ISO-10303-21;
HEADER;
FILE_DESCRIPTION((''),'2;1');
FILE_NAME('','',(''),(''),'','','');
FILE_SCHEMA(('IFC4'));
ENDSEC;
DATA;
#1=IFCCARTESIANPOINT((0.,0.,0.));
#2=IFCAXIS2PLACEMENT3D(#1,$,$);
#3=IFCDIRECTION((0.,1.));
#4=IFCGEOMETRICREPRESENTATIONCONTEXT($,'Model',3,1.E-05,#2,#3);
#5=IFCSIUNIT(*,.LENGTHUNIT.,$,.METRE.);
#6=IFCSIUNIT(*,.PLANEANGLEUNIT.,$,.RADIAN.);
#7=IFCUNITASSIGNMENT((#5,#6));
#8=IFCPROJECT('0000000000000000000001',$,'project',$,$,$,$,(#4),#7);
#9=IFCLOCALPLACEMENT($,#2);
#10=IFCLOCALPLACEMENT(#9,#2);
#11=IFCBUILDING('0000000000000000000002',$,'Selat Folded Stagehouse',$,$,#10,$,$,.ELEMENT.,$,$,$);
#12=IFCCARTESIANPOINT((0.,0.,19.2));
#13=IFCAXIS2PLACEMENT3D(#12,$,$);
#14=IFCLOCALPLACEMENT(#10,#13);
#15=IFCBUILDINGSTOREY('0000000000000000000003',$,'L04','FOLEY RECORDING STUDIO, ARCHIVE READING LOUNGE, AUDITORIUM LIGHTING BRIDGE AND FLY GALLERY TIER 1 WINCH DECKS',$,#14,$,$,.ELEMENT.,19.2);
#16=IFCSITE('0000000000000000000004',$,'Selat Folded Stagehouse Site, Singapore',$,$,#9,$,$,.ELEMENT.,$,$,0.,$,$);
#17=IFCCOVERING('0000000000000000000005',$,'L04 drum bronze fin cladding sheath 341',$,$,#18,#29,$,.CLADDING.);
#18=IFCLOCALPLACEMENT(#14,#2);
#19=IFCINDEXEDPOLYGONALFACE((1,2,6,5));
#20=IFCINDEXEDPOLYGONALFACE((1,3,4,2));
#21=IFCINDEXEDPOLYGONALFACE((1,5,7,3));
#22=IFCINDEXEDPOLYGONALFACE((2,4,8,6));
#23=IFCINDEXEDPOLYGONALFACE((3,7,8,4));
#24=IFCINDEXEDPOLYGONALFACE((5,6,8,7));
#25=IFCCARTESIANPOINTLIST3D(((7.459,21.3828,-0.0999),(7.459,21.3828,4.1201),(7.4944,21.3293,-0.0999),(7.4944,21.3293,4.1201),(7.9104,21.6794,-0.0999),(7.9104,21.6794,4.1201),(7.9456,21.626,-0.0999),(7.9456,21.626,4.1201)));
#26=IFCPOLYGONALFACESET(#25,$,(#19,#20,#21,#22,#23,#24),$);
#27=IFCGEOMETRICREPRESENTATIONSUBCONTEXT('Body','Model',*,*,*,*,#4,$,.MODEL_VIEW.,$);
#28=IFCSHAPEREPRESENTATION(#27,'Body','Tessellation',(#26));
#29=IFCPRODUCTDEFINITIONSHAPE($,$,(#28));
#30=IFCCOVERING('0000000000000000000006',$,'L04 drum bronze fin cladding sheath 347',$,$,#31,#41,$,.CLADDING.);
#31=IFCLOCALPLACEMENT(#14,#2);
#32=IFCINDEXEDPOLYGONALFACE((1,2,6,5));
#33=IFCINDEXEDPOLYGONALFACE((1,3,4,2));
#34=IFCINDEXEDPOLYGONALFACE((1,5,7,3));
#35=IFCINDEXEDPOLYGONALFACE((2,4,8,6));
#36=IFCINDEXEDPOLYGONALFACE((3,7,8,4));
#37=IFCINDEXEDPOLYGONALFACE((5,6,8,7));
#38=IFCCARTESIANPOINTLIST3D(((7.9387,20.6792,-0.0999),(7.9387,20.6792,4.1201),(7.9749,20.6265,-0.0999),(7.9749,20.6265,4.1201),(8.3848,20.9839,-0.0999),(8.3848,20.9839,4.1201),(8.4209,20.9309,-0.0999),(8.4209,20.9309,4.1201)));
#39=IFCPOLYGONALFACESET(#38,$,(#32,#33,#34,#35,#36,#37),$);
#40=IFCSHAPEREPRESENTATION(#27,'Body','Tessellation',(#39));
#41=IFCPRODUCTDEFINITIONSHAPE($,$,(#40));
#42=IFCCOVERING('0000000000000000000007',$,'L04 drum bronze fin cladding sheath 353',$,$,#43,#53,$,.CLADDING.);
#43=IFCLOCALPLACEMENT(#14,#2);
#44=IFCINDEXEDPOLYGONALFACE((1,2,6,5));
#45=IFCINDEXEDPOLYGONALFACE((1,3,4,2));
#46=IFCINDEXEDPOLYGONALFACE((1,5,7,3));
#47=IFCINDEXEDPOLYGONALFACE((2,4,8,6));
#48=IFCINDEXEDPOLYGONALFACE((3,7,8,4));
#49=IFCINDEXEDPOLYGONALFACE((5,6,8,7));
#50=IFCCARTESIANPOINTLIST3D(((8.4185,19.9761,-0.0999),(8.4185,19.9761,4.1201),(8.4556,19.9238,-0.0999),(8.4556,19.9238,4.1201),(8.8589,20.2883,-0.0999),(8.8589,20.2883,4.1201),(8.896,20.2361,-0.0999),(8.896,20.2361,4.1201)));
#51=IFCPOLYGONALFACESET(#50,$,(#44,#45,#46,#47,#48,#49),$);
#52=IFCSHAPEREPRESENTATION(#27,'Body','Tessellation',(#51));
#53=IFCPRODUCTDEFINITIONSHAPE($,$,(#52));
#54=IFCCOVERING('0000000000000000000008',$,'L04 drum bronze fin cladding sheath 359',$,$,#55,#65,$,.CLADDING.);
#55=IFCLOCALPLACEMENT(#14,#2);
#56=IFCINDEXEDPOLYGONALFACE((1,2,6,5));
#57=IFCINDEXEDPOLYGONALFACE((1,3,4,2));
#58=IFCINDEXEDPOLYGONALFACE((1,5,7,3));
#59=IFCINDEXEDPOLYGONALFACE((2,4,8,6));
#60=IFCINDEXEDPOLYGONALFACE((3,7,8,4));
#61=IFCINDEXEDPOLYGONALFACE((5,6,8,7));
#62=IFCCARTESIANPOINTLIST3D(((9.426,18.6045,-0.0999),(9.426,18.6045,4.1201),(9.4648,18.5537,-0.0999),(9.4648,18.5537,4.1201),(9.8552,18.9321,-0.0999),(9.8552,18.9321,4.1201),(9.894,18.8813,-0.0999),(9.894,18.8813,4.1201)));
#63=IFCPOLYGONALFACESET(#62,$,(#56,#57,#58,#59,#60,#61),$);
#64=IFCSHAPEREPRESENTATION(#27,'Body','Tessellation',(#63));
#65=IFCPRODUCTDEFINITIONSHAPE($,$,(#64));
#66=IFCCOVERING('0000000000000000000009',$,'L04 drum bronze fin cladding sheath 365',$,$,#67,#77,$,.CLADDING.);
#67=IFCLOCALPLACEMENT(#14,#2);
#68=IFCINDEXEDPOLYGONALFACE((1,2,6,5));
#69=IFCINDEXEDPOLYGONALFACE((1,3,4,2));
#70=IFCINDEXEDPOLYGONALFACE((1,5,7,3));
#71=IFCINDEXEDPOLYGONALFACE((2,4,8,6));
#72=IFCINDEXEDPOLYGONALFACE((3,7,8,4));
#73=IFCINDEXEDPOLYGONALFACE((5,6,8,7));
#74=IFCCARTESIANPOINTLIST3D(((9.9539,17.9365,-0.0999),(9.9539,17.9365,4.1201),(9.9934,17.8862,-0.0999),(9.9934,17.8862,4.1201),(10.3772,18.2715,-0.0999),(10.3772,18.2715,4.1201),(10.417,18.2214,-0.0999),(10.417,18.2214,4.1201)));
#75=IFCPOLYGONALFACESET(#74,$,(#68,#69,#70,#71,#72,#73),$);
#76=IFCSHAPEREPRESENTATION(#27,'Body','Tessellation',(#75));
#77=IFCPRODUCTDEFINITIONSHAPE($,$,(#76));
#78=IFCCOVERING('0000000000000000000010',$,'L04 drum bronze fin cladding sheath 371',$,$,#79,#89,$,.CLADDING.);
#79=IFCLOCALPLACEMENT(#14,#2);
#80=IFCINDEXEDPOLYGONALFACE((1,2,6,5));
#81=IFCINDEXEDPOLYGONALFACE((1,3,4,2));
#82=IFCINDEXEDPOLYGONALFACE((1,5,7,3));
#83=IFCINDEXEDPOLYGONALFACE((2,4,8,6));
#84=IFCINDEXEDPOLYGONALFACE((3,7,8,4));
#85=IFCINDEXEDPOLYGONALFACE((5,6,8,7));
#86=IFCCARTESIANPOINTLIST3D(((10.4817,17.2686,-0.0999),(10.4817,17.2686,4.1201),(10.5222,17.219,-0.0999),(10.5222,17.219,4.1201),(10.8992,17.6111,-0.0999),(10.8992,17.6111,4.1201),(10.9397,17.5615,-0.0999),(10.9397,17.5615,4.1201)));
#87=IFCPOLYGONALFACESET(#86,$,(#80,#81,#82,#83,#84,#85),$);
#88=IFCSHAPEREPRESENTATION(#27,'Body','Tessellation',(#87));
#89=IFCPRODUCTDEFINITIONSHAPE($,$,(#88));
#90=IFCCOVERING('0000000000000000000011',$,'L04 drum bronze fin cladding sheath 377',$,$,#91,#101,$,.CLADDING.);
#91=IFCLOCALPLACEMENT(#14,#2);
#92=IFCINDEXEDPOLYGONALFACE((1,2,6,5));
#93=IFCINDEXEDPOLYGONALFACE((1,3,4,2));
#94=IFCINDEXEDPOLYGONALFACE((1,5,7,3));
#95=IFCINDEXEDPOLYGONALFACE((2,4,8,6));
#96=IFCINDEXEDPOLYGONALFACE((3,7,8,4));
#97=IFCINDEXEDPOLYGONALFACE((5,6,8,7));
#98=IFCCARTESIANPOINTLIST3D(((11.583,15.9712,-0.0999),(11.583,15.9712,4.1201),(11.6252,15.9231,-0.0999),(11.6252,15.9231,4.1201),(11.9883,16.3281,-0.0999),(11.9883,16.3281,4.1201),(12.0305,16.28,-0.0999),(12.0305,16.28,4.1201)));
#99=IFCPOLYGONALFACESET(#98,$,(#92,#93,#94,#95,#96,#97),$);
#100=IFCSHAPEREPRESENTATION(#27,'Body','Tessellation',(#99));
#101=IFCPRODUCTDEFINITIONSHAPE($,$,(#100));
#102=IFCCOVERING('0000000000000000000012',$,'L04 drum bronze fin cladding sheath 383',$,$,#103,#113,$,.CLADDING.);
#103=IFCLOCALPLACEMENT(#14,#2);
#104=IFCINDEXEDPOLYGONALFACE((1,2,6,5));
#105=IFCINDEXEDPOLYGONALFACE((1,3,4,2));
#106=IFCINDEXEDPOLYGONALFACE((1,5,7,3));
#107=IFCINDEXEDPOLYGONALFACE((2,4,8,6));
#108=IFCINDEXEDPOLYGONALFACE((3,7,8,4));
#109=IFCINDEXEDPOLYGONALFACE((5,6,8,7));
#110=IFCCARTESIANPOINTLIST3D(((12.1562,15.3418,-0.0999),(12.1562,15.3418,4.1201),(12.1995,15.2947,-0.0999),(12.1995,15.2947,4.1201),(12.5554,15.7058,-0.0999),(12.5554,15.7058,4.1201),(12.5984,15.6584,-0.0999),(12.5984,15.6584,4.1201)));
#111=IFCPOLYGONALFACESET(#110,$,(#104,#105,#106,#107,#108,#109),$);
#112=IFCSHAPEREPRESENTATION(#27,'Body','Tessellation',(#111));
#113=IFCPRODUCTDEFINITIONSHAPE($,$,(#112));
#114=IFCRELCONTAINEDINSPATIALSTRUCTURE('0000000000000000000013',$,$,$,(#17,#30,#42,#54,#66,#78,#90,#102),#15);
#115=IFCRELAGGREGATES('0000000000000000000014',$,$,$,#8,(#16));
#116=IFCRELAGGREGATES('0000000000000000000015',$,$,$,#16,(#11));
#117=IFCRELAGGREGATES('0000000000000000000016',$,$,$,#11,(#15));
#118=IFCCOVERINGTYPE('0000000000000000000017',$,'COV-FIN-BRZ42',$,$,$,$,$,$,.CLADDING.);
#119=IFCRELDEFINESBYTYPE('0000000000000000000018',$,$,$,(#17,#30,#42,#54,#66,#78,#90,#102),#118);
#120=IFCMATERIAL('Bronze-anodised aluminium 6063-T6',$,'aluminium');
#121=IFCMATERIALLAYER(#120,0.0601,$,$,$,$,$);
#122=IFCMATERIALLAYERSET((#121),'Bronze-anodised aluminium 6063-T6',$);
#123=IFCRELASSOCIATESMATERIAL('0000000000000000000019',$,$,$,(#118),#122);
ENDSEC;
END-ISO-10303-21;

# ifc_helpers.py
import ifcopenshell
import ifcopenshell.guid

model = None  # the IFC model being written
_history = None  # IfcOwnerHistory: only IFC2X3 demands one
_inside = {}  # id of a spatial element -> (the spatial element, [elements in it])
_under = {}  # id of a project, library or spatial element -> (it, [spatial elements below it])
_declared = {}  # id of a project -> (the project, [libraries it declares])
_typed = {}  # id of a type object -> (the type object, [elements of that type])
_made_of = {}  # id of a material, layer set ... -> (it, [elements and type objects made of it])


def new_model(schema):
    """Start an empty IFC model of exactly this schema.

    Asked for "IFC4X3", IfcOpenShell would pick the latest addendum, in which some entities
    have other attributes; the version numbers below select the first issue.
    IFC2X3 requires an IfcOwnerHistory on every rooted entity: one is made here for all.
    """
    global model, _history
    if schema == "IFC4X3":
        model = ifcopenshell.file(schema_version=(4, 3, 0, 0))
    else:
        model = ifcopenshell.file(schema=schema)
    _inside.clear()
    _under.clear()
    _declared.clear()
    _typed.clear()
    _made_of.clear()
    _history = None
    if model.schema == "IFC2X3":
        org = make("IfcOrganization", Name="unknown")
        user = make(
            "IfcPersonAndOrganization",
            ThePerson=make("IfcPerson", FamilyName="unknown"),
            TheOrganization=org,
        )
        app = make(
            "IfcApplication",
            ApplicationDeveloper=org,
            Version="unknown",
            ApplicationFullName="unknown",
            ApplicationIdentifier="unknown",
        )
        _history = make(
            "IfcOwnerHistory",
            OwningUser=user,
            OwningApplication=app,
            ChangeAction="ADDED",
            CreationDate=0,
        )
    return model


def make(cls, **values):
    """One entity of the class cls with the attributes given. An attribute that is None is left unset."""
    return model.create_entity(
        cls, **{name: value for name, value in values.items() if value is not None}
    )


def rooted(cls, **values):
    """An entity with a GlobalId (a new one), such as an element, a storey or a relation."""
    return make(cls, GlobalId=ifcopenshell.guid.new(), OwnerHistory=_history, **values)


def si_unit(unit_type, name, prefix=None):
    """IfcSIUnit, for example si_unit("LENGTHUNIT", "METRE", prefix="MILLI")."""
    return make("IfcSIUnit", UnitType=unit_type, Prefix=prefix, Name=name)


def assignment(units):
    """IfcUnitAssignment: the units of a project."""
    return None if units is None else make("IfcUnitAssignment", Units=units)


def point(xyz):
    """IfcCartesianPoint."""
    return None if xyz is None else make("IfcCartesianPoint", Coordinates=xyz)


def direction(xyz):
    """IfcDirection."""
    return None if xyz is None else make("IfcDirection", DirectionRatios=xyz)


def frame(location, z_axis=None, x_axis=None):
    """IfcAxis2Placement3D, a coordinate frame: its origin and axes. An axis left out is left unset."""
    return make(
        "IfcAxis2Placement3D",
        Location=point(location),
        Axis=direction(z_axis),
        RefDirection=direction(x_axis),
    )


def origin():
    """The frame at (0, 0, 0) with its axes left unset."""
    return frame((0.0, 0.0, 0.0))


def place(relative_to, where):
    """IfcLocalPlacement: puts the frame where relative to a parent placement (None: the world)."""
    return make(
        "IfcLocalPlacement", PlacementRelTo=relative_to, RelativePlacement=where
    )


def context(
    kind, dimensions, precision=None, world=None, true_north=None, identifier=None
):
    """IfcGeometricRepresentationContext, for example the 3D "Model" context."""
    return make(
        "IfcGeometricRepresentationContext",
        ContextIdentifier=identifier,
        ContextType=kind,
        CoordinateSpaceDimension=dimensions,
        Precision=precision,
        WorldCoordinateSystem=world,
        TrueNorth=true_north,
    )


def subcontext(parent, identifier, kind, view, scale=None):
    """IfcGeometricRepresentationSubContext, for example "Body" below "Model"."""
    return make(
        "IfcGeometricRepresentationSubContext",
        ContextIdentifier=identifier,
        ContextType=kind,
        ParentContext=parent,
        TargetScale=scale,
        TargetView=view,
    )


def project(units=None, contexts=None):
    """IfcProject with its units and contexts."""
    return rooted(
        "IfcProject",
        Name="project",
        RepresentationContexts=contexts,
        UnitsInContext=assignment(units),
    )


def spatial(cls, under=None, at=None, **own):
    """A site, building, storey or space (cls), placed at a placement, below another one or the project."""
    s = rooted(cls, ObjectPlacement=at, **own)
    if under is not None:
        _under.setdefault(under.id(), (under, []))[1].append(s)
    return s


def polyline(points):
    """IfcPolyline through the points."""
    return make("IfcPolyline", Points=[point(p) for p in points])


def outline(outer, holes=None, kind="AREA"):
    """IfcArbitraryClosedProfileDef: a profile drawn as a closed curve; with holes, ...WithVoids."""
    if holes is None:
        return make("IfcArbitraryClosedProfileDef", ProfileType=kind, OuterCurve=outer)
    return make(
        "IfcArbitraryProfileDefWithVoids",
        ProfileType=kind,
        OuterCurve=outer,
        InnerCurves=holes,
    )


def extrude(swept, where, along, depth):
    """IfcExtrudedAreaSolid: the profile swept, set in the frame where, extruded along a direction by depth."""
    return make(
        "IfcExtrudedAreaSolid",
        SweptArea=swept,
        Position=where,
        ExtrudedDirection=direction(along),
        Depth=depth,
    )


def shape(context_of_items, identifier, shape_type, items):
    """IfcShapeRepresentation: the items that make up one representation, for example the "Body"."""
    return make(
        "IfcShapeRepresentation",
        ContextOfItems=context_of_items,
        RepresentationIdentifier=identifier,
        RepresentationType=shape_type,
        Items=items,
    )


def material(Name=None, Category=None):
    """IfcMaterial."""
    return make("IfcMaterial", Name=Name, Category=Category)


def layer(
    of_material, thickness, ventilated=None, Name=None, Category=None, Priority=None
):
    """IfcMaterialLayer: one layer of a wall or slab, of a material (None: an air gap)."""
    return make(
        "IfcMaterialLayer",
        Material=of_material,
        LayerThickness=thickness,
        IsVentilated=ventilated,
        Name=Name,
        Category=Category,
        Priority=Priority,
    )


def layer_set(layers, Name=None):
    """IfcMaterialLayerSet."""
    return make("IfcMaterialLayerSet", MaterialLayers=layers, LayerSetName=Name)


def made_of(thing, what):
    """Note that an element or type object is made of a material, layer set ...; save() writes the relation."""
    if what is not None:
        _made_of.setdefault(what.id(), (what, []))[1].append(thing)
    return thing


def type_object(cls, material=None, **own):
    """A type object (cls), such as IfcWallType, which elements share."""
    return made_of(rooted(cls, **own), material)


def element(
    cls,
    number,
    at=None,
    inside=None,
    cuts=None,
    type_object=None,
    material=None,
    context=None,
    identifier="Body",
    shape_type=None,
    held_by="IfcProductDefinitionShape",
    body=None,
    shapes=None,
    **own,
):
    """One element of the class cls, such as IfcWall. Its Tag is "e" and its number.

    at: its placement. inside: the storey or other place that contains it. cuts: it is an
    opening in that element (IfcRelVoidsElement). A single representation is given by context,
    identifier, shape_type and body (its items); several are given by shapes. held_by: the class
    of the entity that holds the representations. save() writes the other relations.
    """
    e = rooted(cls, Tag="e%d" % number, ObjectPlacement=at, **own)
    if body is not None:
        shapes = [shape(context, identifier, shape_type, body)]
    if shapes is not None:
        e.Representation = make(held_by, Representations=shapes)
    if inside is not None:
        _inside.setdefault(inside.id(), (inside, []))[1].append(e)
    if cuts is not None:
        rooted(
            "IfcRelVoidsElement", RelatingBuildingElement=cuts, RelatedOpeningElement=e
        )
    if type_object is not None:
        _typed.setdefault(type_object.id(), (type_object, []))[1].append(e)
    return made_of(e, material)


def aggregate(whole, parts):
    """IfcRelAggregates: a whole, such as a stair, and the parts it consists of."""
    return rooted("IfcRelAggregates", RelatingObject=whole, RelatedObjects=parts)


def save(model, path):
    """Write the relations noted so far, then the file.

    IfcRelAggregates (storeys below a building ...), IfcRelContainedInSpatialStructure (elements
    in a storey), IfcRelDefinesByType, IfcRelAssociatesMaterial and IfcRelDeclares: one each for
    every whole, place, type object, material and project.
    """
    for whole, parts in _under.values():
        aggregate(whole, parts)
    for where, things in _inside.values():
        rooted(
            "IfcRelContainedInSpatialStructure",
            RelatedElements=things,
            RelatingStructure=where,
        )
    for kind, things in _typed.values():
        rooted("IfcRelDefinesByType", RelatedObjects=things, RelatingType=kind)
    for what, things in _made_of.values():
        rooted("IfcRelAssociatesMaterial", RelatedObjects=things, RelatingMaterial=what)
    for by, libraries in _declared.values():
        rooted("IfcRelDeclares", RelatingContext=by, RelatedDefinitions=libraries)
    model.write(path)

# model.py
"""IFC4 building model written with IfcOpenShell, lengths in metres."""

from ifc_helpers import new_model, si_unit, direction, frame, origin, place, context, subcontext, project, spatial, polyline, outline, extrude, material, layer, layer_set, type_object, element, save


model = new_model("IFC4")

# Units and contexts
model_context = context("Model", 3, precision=1e-05, world=origin(), true_north=direction((0.0, 1.0)))
body_context = subcontext(model_context, "Body", "Model", "MODEL_VIEW")
ifc_project = project(units=[si_unit("LENGTHUNIT", "METRE"), si_unit("PLANEANGLEUNIT", "RADIAN")], contexts=[model_context])

# Site, building, storey
site_placement = place(None, origin())
site = spatial("IfcSite", under=ifc_project, at=site_placement, Name="Selat Folded Stagehouse Site, Singapore", CompositionType="ELEMENT", RefElevation=0.0)
building_placement = place(site_placement, origin())
building = spatial("IfcBuilding", under=site, at=building_placement, Name="Selat Folded Stagehouse", CompositionType="ELEMENT")
storey_placement = place(building_placement, frame((0.0, 0.0, 19.2)))
storey = spatial("IfcBuildingStorey", under=building, at=storey_placement, Name="L04", Description="FOLEY RECORDING STUDIO, ARCHIVE READING LOUNGE, AUDITORIUM LIGHTING BRIDGE AND FLY GALLERY TIER 1 WINCH DECKS", CompositionType="ELEMENT", Elevation=19.2)

# Coverings
ifc_material = material(Name="Bronze-anodised aluminium 6063-T6", Category="aluminium")
ifc_layer = layer(ifc_material, 0.0601)
ifc_layer_set = layer_set([ifc_layer], Name="Bronze-anodised aluminium 6063-T6")
covering_type = type_object("IfcCoveringType", Name="COV-FIN-BRZ42", PredefinedType="CLADDING", material=ifc_layer_set)
covering_1_placement = place(storey_placement, frame((0.0, 0.0, -0.0999)))
element("IfcCovering", 1, at=covering_1_placement, inside=storey, type_object=covering_type, Name="L04 drum bronze fin cladding sheath 341", PredefinedType="CLADDING", context=body_context, shape_type="SweptSolid", body=[
    extrude(outline(polyline([(7.9104, 21.6794), (7.459, 21.3828), (7.4944, 21.3293), (7.9456, 21.626), (7.9104, 21.6794)])), origin(), (0.0, 0.0, 1.0), 4.22),
])
covering_2_placement = place(storey_placement, frame((0.0, 0.0, -0.0999)))
element("IfcCovering", 2, at=covering_2_placement, inside=storey, type_object=covering_type, Name="L04 drum bronze fin cladding sheath 347", PredefinedType="CLADDING", context=body_context, shape_type="SweptSolid", body=[
    extrude(outline(polyline([(8.3848, 20.9839), (7.9387, 20.6792), (7.9749, 20.6265), (8.4209, 20.9309), (8.3848, 20.9839)])), origin(), (0.0, 0.0, 1.0), 4.22),
])
covering_3_placement = place(storey_placement, frame((0.0, 0.0, -0.0999)))
element("IfcCovering", 3, at=covering_3_placement, inside=storey, type_object=covering_type, Name="L04 drum bronze fin cladding sheath 353", PredefinedType="CLADDING", context=body_context, shape_type="SweptSolid", body=[
    extrude(outline(polyline([(8.8589, 20.2883), (8.4185, 19.9761), (8.4556, 19.9238), (8.896, 20.2361), (8.8589, 20.2883)])), origin(), (0.0, 0.0, 1.0), 4.22),
])
covering_4_placement = place(storey_placement, frame((0.0, 0.0, -0.0999)))
element("IfcCovering", 4, at=covering_4_placement, inside=storey, type_object=covering_type, Name="L04 drum bronze fin cladding sheath 359", PredefinedType="CLADDING", context=body_context, shape_type="SweptSolid", body=[
    extrude(outline(polyline([(9.8552, 18.9321), (9.426, 18.6045), (9.4648, 18.5537), (9.894, 18.8813), (9.8552, 18.9321)])), origin(), (0.0, 0.0, 1.0), 4.22),
])
covering_5_placement = place(storey_placement, frame((0.0, 0.0, -0.0999)))
element("IfcCovering", 5, at=covering_5_placement, inside=storey, type_object=covering_type, Name="L04 drum bronze fin cladding sheath 365", PredefinedType="CLADDING", context=body_context, shape_type="SweptSolid", body=[
    extrude(outline(polyline([(10.3772, 18.2715), (9.9539, 17.9365), (9.9934, 17.8862), (10.417, 18.2214), (10.3772, 18.2715)])), origin(), (0.0, 0.0, 1.0), 4.22),
])
covering_6_placement = place(storey_placement, frame((0.0, 0.0, -0.0999)))
element("IfcCovering", 6, at=covering_6_placement, inside=storey, type_object=covering_type, Name="L04 drum bronze fin cladding sheath 371", PredefinedType="CLADDING", context=body_context, shape_type="SweptSolid", body=[
    extrude(outline(polyline([(10.8992, 17.6111), (10.4817, 17.2686), (10.5222, 17.219), (10.9397, 17.5615), (10.8992, 17.6111)])), origin(), (0.0, 0.0, 1.0), 4.22),
])
covering_7_placement = place(storey_placement, frame((0.0, 0.0, -0.0999)))
element("IfcCovering", 7, at=covering_7_placement, inside=storey, type_object=covering_type, Name="L04 drum bronze fin cladding sheath 377", PredefinedType="CLADDING", context=body_context, shape_type="SweptSolid", body=[
    extrude(outline(polyline([(11.9883, 16.3281), (11.583, 15.9712), (11.6252, 15.9231), (12.0305, 16.28), (11.9883, 16.3281)])), origin(), (0.0, 0.0, 1.0), 4.22),
])
covering_8_placement = place(storey_placement, frame((0.0, 0.0, -0.0999)))
element("IfcCovering", 8, at=covering_8_placement, inside=storey, type_object=covering_type, Name="L04 drum bronze fin cladding sheath 383", PredefinedType="CLADDING", context=body_context, shape_type="SweptSolid", body=[
    extrude(outline(polyline([(12.5554, 15.7058), (12.1562, 15.3418), (12.1995, 15.2947), (12.5984, 15.6584), (12.5554, 15.7058)])), origin(), (0.0, 0.0, 1.0), 4.22),
])

save(model, "model.ifc")
